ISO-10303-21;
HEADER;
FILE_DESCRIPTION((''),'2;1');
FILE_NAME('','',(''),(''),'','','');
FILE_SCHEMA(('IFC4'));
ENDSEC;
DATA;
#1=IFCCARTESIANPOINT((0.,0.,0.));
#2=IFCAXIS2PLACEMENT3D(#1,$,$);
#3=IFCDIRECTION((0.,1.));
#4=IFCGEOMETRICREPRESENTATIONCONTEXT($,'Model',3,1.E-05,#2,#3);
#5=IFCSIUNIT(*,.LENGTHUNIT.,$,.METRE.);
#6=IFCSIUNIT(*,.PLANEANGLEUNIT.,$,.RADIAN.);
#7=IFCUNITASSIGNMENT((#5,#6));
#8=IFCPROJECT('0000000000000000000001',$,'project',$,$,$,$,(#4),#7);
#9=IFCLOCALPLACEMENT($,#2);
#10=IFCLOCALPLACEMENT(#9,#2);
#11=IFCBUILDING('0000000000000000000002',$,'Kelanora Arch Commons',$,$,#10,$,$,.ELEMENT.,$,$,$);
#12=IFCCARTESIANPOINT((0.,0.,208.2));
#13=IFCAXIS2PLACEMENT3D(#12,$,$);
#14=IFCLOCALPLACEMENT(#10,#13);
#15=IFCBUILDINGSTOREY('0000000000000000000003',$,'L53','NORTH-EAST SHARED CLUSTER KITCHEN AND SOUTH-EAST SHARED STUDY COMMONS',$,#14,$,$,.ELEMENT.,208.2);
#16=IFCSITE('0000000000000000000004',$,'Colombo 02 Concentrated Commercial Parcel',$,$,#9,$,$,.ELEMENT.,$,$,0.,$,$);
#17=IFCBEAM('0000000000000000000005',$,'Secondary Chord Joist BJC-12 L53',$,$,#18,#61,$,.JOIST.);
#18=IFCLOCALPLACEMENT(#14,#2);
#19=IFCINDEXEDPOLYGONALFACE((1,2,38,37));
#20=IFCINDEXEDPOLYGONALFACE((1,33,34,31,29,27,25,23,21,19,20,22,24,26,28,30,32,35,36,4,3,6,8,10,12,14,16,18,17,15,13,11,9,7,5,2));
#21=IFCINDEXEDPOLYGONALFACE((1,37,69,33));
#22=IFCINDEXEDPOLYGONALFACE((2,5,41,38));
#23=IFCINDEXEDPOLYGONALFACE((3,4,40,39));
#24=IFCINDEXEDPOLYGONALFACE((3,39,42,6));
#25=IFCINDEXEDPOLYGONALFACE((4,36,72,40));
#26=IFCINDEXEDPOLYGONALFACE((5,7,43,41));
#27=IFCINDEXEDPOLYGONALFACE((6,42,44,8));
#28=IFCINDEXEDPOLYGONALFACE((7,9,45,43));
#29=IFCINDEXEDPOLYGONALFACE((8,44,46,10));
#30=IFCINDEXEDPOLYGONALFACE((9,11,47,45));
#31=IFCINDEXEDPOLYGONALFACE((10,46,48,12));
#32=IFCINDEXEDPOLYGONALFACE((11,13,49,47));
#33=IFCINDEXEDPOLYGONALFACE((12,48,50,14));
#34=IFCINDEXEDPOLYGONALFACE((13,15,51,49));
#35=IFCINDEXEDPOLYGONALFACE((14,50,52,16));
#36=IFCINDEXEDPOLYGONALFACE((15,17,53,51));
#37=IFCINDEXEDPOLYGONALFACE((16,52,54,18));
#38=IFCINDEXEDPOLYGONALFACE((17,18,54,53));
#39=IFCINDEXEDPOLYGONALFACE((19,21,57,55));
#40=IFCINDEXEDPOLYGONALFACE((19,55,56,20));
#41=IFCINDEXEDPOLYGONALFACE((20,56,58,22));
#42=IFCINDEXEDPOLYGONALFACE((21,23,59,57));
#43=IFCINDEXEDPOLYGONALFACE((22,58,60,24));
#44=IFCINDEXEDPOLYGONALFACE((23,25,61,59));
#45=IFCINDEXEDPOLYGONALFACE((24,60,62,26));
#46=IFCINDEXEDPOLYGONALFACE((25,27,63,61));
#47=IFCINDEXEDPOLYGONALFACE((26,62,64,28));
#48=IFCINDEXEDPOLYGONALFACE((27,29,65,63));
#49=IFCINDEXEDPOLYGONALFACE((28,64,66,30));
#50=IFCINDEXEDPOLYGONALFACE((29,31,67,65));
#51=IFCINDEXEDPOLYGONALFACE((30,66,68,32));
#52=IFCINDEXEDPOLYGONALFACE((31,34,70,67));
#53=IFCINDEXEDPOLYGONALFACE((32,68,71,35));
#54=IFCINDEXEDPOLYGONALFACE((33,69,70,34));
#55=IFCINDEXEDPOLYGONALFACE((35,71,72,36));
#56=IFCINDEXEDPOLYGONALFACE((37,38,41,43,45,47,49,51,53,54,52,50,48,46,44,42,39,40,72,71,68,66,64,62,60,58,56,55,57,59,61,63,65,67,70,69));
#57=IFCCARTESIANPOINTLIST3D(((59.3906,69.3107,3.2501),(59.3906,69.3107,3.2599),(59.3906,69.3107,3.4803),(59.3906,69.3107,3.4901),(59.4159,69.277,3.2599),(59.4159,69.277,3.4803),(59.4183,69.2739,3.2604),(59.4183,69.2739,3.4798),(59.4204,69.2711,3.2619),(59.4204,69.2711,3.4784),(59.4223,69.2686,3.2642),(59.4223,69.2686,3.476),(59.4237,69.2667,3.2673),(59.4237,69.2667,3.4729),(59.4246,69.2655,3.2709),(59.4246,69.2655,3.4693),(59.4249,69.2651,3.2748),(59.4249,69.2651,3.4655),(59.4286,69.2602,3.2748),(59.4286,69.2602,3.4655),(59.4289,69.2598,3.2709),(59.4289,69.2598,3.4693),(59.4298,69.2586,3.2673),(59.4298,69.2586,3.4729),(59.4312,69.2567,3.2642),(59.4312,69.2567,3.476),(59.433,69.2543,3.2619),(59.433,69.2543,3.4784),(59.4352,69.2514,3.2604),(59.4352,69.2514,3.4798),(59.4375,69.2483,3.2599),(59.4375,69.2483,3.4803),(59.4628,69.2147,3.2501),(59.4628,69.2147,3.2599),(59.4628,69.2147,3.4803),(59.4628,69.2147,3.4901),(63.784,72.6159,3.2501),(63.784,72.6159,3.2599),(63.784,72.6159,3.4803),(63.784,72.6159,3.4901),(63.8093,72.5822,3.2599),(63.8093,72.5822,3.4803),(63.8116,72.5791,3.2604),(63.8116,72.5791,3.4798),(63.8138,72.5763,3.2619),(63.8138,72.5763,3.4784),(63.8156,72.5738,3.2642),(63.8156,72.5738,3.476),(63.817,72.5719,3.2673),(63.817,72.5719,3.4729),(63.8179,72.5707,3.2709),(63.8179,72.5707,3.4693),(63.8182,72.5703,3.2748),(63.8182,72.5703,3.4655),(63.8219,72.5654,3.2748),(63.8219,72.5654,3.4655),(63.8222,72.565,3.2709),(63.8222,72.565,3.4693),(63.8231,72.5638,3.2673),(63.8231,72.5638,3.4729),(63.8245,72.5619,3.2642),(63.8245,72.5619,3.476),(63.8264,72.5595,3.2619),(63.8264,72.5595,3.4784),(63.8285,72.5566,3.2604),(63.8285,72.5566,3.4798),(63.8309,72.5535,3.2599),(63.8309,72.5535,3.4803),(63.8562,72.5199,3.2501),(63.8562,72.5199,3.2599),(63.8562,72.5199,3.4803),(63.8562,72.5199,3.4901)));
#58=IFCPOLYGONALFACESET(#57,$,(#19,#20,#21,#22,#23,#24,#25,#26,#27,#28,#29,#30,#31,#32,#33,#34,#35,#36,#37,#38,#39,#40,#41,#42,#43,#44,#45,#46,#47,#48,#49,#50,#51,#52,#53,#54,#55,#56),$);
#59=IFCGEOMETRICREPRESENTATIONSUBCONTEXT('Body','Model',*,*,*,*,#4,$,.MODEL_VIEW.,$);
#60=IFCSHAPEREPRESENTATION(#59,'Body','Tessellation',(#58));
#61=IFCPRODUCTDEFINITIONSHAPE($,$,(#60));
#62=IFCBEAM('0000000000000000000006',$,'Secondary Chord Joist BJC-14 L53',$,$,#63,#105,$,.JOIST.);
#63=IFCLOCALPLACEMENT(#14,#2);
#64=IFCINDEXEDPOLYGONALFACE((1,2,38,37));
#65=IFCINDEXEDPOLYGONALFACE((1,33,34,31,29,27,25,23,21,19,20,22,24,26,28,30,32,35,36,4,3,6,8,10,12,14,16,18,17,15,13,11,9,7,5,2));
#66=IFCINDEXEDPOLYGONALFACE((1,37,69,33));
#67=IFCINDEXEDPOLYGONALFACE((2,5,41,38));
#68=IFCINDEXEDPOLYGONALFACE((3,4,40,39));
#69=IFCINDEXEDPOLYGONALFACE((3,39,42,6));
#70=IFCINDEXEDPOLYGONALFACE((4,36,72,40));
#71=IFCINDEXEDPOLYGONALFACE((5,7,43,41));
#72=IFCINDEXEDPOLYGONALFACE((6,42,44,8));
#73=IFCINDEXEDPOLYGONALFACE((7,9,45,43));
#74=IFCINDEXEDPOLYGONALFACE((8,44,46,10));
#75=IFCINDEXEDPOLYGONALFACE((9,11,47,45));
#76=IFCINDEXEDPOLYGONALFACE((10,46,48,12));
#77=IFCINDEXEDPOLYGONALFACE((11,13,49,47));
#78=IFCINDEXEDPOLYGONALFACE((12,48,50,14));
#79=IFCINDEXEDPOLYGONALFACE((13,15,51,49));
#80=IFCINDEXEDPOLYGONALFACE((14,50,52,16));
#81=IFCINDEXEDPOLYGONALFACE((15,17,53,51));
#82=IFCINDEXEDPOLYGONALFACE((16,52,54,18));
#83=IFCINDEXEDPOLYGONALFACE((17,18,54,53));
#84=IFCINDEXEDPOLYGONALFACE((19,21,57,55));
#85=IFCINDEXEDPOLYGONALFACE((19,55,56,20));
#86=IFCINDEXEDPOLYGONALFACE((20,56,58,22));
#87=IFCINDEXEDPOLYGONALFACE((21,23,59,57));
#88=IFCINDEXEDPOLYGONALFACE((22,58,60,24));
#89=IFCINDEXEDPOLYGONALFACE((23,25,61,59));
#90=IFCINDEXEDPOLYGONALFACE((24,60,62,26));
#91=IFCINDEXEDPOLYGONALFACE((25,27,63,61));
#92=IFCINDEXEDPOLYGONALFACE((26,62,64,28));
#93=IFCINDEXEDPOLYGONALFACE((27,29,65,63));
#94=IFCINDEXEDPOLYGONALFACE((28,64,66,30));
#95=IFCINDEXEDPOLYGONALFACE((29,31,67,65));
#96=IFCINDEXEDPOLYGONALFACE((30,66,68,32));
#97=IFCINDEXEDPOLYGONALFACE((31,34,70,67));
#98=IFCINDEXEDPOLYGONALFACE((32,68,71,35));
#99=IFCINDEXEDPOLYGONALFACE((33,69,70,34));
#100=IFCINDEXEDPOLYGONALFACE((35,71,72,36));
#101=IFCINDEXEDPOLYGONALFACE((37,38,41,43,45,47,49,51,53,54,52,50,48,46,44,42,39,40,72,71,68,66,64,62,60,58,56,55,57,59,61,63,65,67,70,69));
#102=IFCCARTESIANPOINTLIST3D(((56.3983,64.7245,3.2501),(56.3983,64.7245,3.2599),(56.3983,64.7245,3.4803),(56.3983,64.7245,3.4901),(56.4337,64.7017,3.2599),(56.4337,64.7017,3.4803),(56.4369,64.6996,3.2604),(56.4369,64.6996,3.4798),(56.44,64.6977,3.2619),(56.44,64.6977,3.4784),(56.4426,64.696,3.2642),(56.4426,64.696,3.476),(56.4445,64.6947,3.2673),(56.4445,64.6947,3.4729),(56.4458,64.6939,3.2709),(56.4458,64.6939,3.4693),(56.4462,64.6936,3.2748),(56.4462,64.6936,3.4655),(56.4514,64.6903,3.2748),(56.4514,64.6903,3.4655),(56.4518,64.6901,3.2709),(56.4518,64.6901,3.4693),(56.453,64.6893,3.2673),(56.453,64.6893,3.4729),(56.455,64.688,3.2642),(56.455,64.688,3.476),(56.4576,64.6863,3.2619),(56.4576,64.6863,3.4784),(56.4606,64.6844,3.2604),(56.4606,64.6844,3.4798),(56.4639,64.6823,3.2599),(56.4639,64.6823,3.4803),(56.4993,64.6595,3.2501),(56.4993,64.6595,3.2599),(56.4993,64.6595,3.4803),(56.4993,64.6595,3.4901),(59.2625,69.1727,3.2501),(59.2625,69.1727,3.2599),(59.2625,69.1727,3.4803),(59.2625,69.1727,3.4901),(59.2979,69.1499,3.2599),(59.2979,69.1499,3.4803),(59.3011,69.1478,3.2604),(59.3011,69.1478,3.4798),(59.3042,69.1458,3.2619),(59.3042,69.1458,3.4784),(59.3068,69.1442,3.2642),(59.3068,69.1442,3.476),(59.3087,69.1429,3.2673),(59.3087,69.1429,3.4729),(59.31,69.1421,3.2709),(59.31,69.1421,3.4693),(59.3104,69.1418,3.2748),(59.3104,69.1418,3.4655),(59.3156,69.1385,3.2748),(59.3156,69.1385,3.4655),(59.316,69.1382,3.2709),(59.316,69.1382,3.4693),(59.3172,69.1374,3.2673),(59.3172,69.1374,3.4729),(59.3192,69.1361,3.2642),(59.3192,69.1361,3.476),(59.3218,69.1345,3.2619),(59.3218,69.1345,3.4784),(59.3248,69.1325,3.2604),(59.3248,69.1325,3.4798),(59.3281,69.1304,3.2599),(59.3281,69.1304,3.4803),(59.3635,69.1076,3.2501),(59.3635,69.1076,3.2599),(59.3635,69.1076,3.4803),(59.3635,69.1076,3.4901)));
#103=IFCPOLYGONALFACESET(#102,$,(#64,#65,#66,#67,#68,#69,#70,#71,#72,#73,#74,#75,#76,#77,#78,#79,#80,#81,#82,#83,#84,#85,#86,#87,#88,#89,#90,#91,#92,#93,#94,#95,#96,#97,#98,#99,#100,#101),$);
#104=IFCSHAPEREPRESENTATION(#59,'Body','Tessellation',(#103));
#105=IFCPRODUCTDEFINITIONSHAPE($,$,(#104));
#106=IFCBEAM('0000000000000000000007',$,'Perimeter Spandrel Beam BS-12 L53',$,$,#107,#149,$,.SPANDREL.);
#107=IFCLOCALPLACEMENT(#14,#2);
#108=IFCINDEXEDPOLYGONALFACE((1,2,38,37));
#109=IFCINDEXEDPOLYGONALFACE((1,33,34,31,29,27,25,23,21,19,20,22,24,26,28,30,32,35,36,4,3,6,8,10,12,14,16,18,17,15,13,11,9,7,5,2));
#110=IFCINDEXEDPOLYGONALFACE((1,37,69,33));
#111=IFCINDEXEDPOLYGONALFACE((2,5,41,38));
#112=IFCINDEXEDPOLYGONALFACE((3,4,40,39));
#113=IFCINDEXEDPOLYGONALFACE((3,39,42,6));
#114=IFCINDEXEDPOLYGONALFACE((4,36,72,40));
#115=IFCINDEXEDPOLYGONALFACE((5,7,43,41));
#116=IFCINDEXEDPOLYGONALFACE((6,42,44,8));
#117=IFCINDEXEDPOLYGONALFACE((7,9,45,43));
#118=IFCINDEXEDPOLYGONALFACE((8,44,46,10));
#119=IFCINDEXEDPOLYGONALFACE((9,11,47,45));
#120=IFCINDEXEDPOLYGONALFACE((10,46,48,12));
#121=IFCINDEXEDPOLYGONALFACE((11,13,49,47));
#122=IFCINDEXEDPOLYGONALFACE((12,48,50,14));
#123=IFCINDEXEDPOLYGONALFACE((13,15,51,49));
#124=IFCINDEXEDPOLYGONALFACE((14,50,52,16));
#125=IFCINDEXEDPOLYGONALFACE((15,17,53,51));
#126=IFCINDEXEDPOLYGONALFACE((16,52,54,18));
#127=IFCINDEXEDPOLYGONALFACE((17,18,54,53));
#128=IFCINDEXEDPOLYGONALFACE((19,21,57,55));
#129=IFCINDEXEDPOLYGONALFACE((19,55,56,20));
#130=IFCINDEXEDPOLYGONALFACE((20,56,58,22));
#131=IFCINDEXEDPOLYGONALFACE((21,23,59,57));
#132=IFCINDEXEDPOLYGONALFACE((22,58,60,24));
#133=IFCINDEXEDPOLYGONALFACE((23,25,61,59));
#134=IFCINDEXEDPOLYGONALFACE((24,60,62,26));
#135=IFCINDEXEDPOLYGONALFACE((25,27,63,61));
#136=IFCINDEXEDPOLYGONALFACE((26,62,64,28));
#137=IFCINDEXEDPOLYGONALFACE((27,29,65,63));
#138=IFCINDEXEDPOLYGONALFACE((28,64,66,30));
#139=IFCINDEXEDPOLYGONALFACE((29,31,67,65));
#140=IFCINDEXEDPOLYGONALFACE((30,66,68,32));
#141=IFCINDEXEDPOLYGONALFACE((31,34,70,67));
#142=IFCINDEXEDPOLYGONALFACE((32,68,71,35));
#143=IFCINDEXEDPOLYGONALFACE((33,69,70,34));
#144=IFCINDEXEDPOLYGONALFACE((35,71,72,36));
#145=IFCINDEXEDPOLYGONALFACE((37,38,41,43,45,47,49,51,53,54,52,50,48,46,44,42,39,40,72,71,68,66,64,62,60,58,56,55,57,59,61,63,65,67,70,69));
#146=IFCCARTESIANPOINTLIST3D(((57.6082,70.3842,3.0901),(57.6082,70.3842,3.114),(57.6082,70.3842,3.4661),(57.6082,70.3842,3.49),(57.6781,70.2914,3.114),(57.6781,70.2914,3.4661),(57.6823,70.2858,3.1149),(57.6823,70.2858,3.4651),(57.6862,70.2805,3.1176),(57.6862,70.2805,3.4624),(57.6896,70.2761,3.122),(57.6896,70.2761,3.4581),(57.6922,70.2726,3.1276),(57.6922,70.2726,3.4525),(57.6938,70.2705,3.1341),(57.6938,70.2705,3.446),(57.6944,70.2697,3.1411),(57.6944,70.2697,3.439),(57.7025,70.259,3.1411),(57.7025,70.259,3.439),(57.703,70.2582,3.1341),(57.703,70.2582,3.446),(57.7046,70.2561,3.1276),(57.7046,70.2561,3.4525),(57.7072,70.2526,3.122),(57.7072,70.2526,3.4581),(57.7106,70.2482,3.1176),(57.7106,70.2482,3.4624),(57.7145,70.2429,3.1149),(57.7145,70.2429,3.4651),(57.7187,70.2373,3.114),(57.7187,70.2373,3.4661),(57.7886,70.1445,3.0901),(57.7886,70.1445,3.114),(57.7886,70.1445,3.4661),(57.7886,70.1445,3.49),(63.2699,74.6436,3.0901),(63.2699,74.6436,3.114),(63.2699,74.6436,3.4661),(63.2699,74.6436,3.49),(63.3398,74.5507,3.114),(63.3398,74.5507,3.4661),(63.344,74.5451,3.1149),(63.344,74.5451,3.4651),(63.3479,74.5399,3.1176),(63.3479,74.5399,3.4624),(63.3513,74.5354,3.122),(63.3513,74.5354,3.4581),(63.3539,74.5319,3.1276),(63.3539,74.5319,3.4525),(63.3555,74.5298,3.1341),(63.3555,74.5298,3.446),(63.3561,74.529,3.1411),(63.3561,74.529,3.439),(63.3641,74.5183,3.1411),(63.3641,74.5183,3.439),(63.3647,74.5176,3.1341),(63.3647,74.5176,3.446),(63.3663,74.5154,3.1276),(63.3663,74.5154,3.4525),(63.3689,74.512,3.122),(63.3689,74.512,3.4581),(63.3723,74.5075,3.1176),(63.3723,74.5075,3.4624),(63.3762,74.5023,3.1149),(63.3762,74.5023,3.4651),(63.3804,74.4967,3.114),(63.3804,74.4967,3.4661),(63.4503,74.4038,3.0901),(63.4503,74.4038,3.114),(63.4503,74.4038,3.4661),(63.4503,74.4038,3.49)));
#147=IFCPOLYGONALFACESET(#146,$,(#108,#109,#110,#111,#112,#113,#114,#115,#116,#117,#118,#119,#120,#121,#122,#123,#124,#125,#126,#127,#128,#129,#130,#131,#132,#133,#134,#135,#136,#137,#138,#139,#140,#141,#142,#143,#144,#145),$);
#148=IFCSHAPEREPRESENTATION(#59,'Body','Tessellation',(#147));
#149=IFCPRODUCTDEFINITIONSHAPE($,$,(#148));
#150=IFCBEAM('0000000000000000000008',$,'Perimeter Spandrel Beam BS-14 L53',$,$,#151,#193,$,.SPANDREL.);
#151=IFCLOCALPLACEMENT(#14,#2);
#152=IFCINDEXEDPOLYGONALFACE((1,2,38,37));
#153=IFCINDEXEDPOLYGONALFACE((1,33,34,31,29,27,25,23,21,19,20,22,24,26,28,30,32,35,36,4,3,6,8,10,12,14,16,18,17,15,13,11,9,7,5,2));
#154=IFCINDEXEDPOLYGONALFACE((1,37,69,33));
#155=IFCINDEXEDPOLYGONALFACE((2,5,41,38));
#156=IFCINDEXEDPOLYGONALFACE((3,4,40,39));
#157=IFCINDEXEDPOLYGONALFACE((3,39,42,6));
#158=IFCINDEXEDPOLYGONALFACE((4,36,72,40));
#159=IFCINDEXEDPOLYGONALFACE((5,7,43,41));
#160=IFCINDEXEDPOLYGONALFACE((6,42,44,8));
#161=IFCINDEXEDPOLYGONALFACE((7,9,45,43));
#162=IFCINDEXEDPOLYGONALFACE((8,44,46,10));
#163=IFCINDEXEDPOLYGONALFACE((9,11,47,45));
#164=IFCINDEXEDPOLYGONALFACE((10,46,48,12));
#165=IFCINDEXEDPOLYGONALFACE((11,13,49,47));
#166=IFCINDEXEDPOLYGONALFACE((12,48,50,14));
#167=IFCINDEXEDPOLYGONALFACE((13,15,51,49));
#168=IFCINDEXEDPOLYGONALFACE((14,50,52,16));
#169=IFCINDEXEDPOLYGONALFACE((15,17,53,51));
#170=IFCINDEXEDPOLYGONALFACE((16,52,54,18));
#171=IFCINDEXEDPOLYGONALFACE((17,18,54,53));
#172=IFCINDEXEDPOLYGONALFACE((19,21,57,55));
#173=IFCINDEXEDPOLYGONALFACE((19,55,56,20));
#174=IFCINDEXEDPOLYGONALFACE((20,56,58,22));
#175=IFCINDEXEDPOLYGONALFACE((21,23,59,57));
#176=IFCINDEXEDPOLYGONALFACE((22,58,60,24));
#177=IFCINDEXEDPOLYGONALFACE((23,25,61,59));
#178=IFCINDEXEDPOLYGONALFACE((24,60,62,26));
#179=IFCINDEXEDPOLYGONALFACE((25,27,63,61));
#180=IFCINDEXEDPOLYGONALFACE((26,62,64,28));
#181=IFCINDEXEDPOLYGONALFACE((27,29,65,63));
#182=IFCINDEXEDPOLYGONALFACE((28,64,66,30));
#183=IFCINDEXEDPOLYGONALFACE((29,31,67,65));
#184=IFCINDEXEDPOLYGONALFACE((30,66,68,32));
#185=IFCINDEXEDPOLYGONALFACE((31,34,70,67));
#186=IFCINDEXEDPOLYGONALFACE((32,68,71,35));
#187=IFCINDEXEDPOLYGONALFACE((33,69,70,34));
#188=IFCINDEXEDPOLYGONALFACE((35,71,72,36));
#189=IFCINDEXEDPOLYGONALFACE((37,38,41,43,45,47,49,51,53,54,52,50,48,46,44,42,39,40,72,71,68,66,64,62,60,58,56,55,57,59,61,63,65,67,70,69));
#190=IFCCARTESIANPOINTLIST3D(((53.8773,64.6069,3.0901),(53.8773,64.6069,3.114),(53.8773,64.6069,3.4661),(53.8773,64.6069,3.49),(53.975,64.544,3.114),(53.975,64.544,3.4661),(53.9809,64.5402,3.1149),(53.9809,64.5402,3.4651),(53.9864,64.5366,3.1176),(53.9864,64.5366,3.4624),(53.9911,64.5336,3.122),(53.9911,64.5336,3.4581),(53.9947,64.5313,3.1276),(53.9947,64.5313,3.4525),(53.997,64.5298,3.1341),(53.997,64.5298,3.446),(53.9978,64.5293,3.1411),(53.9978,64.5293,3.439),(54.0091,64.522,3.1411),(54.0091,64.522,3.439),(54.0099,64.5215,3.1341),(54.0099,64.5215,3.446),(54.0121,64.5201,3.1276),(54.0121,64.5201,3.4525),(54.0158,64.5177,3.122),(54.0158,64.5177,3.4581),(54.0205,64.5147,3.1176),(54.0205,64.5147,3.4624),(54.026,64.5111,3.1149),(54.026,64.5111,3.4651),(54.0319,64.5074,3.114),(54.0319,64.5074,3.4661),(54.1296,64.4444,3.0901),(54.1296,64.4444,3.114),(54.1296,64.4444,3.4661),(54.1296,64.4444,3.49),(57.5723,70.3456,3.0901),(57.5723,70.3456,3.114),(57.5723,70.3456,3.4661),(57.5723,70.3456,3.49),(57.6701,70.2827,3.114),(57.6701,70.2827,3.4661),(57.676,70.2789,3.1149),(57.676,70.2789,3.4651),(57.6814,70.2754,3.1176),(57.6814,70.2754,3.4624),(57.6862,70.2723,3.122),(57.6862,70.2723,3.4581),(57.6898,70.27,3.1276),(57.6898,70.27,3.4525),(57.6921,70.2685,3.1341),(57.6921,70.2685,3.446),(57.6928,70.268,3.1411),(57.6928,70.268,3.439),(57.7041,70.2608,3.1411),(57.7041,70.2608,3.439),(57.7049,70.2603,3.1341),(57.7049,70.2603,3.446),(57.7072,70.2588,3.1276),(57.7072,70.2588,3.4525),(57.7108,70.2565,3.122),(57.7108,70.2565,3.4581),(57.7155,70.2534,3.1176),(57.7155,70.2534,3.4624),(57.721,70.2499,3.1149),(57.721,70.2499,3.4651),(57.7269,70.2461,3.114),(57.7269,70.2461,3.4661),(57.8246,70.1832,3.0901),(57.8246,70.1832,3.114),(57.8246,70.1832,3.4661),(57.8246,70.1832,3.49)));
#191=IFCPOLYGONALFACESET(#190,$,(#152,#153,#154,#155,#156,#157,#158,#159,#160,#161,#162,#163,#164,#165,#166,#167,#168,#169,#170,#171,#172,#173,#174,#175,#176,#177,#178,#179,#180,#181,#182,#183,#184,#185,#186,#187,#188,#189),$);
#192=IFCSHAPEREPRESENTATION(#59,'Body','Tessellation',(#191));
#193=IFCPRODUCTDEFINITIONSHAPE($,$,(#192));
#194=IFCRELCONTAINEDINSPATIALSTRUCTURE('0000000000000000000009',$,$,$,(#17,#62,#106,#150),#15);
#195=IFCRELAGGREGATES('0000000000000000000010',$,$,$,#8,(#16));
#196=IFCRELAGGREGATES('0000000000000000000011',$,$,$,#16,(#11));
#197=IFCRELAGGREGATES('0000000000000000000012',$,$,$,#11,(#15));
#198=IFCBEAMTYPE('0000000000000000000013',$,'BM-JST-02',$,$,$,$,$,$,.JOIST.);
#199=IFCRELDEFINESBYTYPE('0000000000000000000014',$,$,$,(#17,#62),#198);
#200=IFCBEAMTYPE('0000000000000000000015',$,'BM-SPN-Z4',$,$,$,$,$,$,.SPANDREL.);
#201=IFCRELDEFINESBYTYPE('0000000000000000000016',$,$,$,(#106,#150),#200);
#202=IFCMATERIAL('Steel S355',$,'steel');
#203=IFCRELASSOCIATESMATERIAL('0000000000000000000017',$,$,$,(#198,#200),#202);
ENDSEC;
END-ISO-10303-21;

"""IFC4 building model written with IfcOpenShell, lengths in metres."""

from ifc_helpers import new_model, si_unit, direction, frame, origin, origin_2d, place, context, subcontext, project, spatial, i_section, extrude, material, material_profile, profile_set, type_object, element, save


model = new_model("IFC4")

# Units and contexts
model_context = context("Model", 3, precision=1e-05, world=origin(), true_north=direction((0.0, 1.0)))
body_context = subcontext(model_context, "Body", "Model", "MODEL_VIEW")
ifc_project = project(units=[si_unit("LENGTHUNIT", "METRE"), si_unit("PLANEANGLEUNIT", "RADIAN")], contexts=[model_context])

# Site, building, storey
site_placement = place(None, origin())
site = spatial("IfcSite", under=ifc_project, at=site_placement, Name="Colombo 02 Concentrated Commercial Parcel", CompositionType="ELEMENT", RefElevation=0.0)
building_placement = place(site_placement, origin())
building = spatial("IfcBuilding", under=site, at=building_placement, Name="Kelanora Arch Commons", CompositionType="ELEMENT")
storey_placement = place(building_placement, frame((0.0, 0.0, 208.2)))
storey = spatial("IfcBuildingStorey", under=building, at=storey_placement, Name="L53", Description="NORTH-EAST SHARED CLUSTER KITCHEN AND SOUTH-EAST SHARED STUDY COMMONS", CompositionType="ELEMENT", Elevation=208.2)

# Beams
ifc_material_1 = material(Name="Steel S355", Category="steel")
ifc_material_profile_1 = material_profile(ifc_material_1, i_section(OverallWidth=0.1201, OverallDepth=0.24, WebThickness=0.0061, FlangeThickness=0.0098, FilletRadius=0.0149, at=origin_2d()), Name="IPE240")
ifc_profile_set_1 = profile_set([ifc_material_profile_1], Name="Steel S355")
beam_type_1 = type_object("IfcBeamType", Name="BM-JST-02", PredefinedType="JOIST", material=ifc_profile_set_1)
beam_1_placement = place(storey_placement, frame((63.8201, 72.5679, 3.3701), z_axis=(-0.799109, -0.601186, 0.0), x_axis=(0.601186, -0.799109, 0.0)))
element("IfcBeam", 1, at=beam_1_placement, inside=storey, type_object=beam_type_1, Name="Secondary Chord Joist BJC-12 L53", PredefinedType="JOIST", context=body_context, shape_type="SweptSolid", body=[
    extrude(i_section(OverallWidth=0.1201, OverallDepth=0.24, WebThickness=0.0061, FlangeThickness=0.0098, FilletRadius=0.0149, at=origin_2d()), origin(), (0.0, 0.0, 1.0), 5.4978),
])
beam_2_placement = place(storey_placement, frame((59.313, 69.1401, 3.3701), z_axis=(-0.541382, -0.840776, 0.0), x_axis=(0.840776, -0.541382, 0.0)))
element("IfcBeam", 2, at=beam_2_placement, inside=storey, type_object=beam_type_1, Name="Secondary Chord Joist BJC-14 L53", PredefinedType="JOIST", context=body_context, shape_type="SweptSolid", body=[
    extrude(i_section(OverallWidth=0.1201, OverallDepth=0.24, WebThickness=0.0061, FlangeThickness=0.0098, FilletRadius=0.0149, at=origin_2d()), origin(), (0.0, 0.0, 1.0), 5.2905),
])
ifc_material_profile_2 = material_profile(ifc_material_1, i_section(OverallWidth=0.3, OverallDepth=0.3999, WebThickness=0.0134, FlangeThickness=0.0239, FilletRadius=0.0271, at=origin_2d()), Name="HEB400")
ifc_profile_set_2 = profile_set([ifc_material_profile_2], Name="Steel S355")
beam_type_2 = type_object("IfcBeamType", Name="BM-SPN-Z4", PredefinedType="SPANDREL", material=ifc_profile_set_2)
beam_3_placement = place(storey_placement, frame((63.3601, 74.5237, 3.29), z_axis=(-0.799114, -0.601179, 0.0), x_axis=(0.601179, -0.799114, 0.0)))
element("IfcBeam", 3, at=beam_3_placement, inside=storey, type_object=beam_type_2, Name="Perimeter Spandrel Beam BS-12 L53", PredefinedType="SPANDREL", context=body_context, shape_type="SweptSolid", body=[
    extrude(i_section(OverallWidth=0.3, OverallDepth=0.3999, WebThickness=0.0134, FlangeThickness=0.0239, FilletRadius=0.0271, at=origin_2d()), origin(), (0.0, 0.0, 1.0), 7.085),
])
beam_4_placement = place(storey_placement, frame((57.6985, 70.2644, 3.29), z_axis=(-0.541365, -0.840788, 0.0), x_axis=(0.840788, -0.541365, 0.0)))
element("IfcBeam", 4, at=beam_4_placement, inside=storey, type_object=beam_type_2, Name="Perimeter Spandrel Beam BS-14 L53", PredefinedType="SPANDREL", context=body_context, shape_type="SweptSolid", body=[
    extrude(i_section(OverallWidth=0.3, OverallDepth=0.3999, WebThickness=0.0134, FlangeThickness=0.0239, FilletRadius=0.0271, at=origin_2d()), origin(), (0.0, 0.0, 1.0), 6.8254),
])

save(model, "model.ifc")
